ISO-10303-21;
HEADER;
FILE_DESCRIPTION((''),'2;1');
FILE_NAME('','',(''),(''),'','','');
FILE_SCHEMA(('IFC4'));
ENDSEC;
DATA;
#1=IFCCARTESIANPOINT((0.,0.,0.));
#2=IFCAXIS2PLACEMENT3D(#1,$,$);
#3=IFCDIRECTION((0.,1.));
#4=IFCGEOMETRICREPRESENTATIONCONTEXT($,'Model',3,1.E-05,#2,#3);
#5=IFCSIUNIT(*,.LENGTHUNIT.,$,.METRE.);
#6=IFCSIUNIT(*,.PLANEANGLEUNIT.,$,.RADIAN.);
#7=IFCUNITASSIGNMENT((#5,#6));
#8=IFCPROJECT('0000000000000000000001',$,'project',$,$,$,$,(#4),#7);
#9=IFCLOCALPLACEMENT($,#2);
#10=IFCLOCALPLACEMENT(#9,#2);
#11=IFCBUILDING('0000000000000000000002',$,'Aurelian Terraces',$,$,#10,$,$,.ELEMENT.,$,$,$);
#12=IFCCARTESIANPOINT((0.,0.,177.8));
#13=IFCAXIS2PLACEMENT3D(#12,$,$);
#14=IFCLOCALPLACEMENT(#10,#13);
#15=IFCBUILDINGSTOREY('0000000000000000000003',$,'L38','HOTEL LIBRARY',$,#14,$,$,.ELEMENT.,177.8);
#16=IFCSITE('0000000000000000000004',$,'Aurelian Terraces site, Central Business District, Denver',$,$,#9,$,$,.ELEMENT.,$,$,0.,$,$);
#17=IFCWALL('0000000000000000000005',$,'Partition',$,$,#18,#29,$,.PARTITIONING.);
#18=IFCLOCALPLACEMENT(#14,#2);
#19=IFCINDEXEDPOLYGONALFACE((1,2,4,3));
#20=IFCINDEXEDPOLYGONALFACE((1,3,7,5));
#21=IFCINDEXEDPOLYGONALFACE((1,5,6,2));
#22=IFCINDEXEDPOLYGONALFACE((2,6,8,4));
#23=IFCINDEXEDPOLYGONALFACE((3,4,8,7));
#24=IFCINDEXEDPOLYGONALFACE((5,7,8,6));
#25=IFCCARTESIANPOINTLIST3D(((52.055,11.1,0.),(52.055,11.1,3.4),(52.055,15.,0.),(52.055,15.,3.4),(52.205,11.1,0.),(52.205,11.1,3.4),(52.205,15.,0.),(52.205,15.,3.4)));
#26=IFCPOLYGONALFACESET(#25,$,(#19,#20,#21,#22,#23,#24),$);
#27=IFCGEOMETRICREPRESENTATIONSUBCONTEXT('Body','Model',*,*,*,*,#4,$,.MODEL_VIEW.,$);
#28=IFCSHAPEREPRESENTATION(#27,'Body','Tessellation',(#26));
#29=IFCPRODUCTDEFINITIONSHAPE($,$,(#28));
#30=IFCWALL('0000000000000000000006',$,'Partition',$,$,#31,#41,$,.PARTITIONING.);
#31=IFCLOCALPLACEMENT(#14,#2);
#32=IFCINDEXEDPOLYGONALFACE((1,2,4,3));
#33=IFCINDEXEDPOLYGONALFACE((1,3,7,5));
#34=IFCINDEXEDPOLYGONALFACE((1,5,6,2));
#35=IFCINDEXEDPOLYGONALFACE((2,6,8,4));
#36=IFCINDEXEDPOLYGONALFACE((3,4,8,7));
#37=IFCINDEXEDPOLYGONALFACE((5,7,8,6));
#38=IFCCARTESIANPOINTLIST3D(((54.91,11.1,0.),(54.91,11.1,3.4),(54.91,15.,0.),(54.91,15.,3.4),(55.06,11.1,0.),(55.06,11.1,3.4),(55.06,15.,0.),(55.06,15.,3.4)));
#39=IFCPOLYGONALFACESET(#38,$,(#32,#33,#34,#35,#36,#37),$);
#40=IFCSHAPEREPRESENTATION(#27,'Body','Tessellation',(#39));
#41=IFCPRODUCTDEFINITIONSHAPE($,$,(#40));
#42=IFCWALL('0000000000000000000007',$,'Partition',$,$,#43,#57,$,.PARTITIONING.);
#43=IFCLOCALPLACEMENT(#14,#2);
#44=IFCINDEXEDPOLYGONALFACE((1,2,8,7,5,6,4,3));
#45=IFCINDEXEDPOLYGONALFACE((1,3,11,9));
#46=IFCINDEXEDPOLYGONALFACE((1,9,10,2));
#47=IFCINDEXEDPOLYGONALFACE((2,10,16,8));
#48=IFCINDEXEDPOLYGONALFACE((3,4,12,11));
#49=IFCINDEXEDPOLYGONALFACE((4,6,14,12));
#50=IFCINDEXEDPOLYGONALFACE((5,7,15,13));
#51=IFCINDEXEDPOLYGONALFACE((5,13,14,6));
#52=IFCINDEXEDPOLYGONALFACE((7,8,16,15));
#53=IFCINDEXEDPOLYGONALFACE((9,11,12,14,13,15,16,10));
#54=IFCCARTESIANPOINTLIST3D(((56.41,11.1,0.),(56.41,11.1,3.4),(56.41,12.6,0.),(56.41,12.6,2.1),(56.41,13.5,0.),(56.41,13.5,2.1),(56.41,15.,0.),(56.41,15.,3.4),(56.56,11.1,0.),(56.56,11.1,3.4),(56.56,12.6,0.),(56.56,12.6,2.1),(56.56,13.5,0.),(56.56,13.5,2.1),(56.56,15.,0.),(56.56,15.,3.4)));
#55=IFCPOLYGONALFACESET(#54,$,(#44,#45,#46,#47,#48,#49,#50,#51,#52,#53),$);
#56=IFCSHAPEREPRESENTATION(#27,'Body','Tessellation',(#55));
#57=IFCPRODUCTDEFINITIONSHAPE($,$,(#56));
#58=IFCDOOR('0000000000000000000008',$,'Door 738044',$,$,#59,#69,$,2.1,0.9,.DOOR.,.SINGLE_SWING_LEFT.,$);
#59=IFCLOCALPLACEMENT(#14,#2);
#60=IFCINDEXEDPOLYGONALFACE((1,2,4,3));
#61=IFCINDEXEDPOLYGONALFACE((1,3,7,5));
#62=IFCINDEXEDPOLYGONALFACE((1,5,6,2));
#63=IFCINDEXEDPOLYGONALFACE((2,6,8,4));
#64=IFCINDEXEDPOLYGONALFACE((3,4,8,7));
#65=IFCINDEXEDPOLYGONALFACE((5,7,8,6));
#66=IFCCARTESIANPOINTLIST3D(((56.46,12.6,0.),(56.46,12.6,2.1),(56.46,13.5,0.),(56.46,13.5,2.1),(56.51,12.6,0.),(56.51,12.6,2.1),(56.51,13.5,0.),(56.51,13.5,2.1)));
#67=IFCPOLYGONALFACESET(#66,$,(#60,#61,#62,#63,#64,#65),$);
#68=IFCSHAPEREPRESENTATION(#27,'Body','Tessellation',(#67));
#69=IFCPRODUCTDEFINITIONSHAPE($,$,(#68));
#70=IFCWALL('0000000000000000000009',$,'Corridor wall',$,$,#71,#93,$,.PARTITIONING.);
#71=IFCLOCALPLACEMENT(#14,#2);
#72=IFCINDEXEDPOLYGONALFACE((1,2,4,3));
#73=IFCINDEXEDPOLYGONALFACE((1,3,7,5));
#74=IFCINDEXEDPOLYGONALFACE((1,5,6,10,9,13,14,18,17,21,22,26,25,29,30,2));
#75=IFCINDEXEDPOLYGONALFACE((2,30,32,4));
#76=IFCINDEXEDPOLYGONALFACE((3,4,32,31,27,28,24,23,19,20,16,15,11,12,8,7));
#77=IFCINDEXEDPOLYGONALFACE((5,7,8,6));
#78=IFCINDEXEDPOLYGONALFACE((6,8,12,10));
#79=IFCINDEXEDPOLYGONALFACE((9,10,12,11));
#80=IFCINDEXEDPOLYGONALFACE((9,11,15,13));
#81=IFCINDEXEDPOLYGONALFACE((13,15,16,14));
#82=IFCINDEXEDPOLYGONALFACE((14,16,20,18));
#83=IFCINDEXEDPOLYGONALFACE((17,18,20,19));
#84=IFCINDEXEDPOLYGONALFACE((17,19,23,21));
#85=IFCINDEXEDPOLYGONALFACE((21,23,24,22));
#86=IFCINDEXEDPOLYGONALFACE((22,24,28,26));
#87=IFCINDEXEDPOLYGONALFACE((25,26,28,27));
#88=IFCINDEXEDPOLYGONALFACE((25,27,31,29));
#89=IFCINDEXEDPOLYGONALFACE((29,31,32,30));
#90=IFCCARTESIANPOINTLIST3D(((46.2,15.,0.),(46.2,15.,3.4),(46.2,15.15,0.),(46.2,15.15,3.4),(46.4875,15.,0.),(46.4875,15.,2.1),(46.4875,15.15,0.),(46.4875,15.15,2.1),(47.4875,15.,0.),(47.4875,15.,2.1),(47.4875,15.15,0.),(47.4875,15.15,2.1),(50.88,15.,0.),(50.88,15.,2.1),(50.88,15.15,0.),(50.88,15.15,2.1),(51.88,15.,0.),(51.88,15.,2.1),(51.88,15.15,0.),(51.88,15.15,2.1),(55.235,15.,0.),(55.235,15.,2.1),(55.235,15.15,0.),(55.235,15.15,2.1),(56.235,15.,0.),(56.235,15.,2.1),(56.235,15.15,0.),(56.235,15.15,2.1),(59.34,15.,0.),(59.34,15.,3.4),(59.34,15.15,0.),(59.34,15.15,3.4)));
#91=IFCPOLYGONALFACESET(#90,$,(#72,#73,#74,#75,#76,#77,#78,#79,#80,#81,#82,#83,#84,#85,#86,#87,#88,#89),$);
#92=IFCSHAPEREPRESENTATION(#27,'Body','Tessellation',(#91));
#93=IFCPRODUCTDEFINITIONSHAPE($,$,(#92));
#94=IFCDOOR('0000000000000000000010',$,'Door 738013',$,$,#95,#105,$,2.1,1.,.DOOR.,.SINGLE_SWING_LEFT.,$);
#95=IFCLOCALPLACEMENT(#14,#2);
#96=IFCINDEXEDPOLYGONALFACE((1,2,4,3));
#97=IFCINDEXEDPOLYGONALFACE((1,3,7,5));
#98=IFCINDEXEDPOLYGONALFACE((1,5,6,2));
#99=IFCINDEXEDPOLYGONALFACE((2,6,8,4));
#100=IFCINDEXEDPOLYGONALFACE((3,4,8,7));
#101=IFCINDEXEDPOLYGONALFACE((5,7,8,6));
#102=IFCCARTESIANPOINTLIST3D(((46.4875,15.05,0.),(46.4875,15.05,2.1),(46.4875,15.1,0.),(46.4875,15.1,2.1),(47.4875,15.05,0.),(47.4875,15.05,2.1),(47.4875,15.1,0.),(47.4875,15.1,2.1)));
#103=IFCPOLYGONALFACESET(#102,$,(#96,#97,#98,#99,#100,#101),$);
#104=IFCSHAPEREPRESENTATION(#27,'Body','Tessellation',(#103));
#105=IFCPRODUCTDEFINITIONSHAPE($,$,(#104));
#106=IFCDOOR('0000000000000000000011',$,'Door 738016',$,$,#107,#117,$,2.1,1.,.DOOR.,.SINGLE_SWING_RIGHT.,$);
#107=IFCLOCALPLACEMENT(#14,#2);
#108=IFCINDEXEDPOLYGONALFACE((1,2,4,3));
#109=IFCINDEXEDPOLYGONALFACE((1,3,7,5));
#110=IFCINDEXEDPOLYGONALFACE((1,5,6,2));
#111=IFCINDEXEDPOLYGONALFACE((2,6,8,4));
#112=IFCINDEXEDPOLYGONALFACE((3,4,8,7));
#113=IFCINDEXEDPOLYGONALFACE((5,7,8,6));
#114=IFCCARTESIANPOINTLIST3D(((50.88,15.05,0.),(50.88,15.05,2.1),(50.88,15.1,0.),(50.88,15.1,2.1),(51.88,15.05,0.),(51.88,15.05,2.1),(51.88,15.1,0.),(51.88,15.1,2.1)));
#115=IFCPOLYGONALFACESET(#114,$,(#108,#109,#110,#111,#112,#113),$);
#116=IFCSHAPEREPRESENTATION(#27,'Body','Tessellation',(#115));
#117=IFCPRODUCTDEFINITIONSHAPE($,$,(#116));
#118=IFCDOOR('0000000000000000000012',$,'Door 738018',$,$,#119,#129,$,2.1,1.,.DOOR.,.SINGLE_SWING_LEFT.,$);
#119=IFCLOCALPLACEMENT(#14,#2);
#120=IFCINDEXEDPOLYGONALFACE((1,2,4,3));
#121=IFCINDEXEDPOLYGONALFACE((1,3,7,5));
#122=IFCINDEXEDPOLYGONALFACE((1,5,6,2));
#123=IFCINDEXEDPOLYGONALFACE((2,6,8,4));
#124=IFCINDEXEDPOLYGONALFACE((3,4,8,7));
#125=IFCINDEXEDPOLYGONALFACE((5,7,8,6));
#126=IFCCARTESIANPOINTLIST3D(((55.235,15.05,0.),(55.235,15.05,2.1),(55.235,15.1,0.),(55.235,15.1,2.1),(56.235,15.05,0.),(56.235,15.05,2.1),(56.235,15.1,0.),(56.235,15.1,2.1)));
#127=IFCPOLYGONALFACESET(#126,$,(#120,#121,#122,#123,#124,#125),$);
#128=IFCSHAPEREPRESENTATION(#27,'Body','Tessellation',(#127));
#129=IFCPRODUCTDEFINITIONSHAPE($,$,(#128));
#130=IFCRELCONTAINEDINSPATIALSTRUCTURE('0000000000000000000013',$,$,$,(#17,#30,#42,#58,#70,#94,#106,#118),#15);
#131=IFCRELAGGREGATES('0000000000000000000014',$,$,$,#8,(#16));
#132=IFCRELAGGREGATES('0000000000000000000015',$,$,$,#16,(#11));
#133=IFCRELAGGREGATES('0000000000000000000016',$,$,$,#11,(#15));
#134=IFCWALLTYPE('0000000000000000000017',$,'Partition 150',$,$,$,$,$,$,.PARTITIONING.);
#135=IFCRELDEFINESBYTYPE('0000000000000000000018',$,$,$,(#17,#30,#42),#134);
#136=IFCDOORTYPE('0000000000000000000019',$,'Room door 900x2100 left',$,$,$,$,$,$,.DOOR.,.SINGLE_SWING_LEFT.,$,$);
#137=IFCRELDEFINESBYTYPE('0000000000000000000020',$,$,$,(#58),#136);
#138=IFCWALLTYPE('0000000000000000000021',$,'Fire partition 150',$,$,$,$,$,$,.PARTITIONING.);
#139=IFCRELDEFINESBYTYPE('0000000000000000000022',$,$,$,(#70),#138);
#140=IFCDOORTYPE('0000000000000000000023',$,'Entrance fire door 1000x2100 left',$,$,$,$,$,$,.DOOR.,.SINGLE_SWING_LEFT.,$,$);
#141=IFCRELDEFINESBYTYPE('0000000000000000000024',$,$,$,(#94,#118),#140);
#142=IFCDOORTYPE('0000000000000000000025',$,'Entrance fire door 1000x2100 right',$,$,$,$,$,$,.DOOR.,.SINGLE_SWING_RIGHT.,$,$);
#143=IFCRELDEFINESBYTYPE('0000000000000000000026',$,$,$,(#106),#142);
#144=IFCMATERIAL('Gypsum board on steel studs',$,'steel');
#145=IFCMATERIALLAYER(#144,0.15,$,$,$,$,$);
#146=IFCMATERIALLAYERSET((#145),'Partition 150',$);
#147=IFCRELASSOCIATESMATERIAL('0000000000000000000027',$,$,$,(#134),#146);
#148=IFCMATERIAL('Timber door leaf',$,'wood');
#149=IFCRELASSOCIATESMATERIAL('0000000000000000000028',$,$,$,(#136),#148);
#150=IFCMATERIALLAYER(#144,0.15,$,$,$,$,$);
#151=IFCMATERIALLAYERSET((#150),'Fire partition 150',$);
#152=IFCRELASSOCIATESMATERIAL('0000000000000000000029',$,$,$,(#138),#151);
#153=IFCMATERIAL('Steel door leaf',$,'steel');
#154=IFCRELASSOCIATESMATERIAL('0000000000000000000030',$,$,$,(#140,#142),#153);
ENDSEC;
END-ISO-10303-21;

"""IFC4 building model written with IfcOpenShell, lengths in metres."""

from ifc_helpers import new_model, si_unit, direction, frame, frame_2d, origin, place, context, subcontext, project, spatial, rectangle, extrude, source, transform, mapped, material, layer, layer_set, type_object, element, fill, save


model = new_model("IFC4")

# Units and contexts
model_context = context("Model", 3, precision=1e-05, world=origin(), true_north=direction((0.0, 1.0)))
body_context = subcontext(model_context, "Body", "Model", "MODEL_VIEW")
ifc_project = project(units=[si_unit("LENGTHUNIT", "METRE"), si_unit("PLANEANGLEUNIT", "RADIAN")], contexts=[model_context])

# Site, building, storey
site_placement = place(None, origin())
site = spatial("IfcSite", under=ifc_project, at=site_placement, Name="Aurelian Terraces site, Central Business District, Denver", CompositionType="ELEMENT", RefElevation=0.0)
building_placement = place(site_placement, origin())
building = spatial("IfcBuilding", under=site, at=building_placement, Name="Aurelian Terraces", CompositionType="ELEMENT")
storey_placement = place(building_placement, frame((0.0, 0.0, 177.8)))
storey = spatial("IfcBuildingStorey", under=building, at=storey_placement, Name="L38", Description="HOTEL LIBRARY", CompositionType="ELEMENT", Elevation=177.8)

# Walls
ifc_material_1 = material(Name="Gypsum board on steel studs", Category="steel")
ifc_layer_1 = layer(ifc_material_1, 0.15)
ifc_layer_set_1 = layer_set([ifc_layer_1], Name="Partition 150")
wall_type_1 = type_object("IfcWallType", Name="Partition 150", PredefinedType="PARTITIONING", material=ifc_layer_set_1)
shared_shape_1 = source(origin(), body_context, "Body", "SweptSolid", [
    extrude(rectangle(XDim=3.9, YDim=0.15, at=frame_2d((1.95, 0.0))), origin(), (0.0, 0.0, 1.0), 3.4),
])
for number, where, z_axis, x_axis, name in (
    (1, (52.13, 11.1, 0.0), (0.0, 0.0, 1.0), (0.0, 1.0, 0.0), "Partition"),
    (2, (54.985, 11.1, 0.0), (0.0, 0.0, 1.0), (0.0, 1.0, 0.0), "Partition"),
):
    element("IfcWall", number, at=place(storey_placement, frame(where, z_axis=z_axis, x_axis=x_axis)), inside=storey, type_object=wall_type_1, Name=name, PredefinedType="PARTITIONING", context=body_context, shape_type="MappedRepresentation", body=[
        mapped(shared_shape_1, transform((0.0, 0.0, 0.0), scale=1.0)),
    ])

# Wall, opening, door
wall_1_placement = place(storey_placement, frame((56.485, 11.1, 0.0), z_axis=(0.0, 0.0, 1.0), x_axis=(0.0, 1.0, 0.0)))
wall_1 = element("IfcWall", 3, at=wall_1_placement, inside=storey, type_object=wall_type_1, Name="Partition", PredefinedType="PARTITIONING", context=body_context, shape_type="MappedRepresentation", body=[
    mapped(shared_shape_1, transform((0.0, 0.0, 0.0), scale=1.0)),
])
shared_shape_2 = source(origin(), body_context, "Body", "SweptSolid", [
    extrude(rectangle(XDim=0.9, YDim=2.1, at=frame_2d((0.45, 1.05))), frame((0.0, 0.085, 0.0), z_axis=(0.0, -1.0, 0.0), x_axis=(1.0, 0.0, 0.0)), (0.0, 0.0, 1.0), 0.17),
])
opening_1_placement = place(wall_1_placement, frame((1.5, 0.0, 0.0)))
opening_1 = element("IfcOpeningElement", 4, at=opening_1_placement, cuts=wall_1, PredefinedType="OPENING", context=body_context, shape_type="MappedRepresentation", body=[
    mapped(shared_shape_2, transform((0.0, 0.0, 0.0), scale=1.0)),
])
ifc_material_2 = material(Name="Timber door leaf", Category="wood")
door_type_1 = type_object("IfcDoorType", Name="Room door 900x2100 left", OperationType="SINGLE_SWING_LEFT", PredefinedType="DOOR", material=ifc_material_2)
shared_shape_3 = source(origin(), body_context, "Body", "SweptSolid", [
    extrude(rectangle(XDim=0.9, YDim=2.1, at=frame_2d((0.45, 1.05))), frame((0.0, 0.025, 0.0), z_axis=(0.0, -1.0, 0.0), x_axis=(1.0, 0.0, 0.0)), (0.0, 0.0, 1.0), 0.05),
])
door_1_placement = place(opening_1_placement, origin())
door_1 = element("IfcDoor", 5, at=door_1_placement, inside=storey, type_object=door_type_1, Name="Door 738044", OperationType="SINGLE_SWING_LEFT", OverallHeight=2.1, OverallWidth=0.9, PredefinedType="DOOR", context=body_context, shape_type="MappedRepresentation", body=[
    mapped(shared_shape_3, transform((0.0, 0.0, 0.0), scale=1.0)),
])
fill(opening_1, door_1)

# Wall, openings, doors
ifc_layer_2 = layer(ifc_material_1, 0.15)
ifc_layer_set_2 = layer_set([ifc_layer_2], Name="Fire partition 150")
wall_type_2 = type_object("IfcWallType", Name="Fire partition 150", PredefinedType="PARTITIONING", material=ifc_layer_set_2)
shared_shape_4 = source(origin(), body_context, "Body", "SweptSolid", [
    extrude(rectangle(XDim=13.14, YDim=0.15, at=frame_2d((6.57, 0.0))), origin(), (0.0, 0.0, 1.0), 3.4),
])
wall_2_placement = place(storey_placement, frame((59.34, 15.075, 0.0), z_axis=(0.0, 0.0, 1.0), x_axis=(-1.0, 0.0, 0.0)))
wall_2 = element("IfcWall", 6, at=wall_2_placement, inside=storey, type_object=wall_type_2, Name="Corridor wall", PredefinedType="PARTITIONING", context=body_context, shape_type="MappedRepresentation", body=[
    mapped(shared_shape_4, transform((0.0, 0.0, 0.0), scale=1.0)),
])
shared_shape_5 = source(origin(), body_context, "Body", "SweptSolid", [
    extrude(rectangle(XDim=1.0, YDim=2.1, at=frame_2d((0.5, 1.05))), frame((0.0, 0.085, 0.0), z_axis=(0.0, -1.0, 0.0), x_axis=(1.0, 0.0, 0.0)), (0.0, 0.0, 1.0), 0.17),
])
opening_2_placement = place(wall_2_placement, frame((11.8525, 0.0, 0.0)))
opening_2 = element("IfcOpeningElement", 7, at=opening_2_placement, cuts=wall_2, PredefinedType="OPENING", context=body_context, shape_type="MappedRepresentation", body=[
    mapped(shared_shape_5, transform((0.0, 0.0, 0.0), scale=1.0)),
])
opening_3_placement = place(wall_2_placement, frame((7.46, 0.0, 0.0)))
opening_3 = element("IfcOpeningElement", 8, at=opening_3_placement, cuts=wall_2, PredefinedType="OPENING", context=body_context, shape_type="MappedRepresentation", body=[
    mapped(shared_shape_5, transform((0.0, 0.0, 0.0), scale=1.0)),
])
opening_4_placement = place(wall_2_placement, frame((3.105, 0.0, 0.0)))
opening_4 = element("IfcOpeningElement", 9, at=opening_4_placement, cuts=wall_2, PredefinedType="OPENING", context=body_context, shape_type="MappedRepresentation", body=[
    mapped(shared_shape_5, transform((0.0, 0.0, 0.0), scale=1.0)),
])
ifc_material_3 = material(Name="Steel door leaf", Category="steel")
door_type_2 = type_object("IfcDoorType", Name="Entrance fire door 1000x2100 left", OperationType="SINGLE_SWING_LEFT", PredefinedType="DOOR", material=ifc_material_3)
shared_shape_6 = source(origin(), body_context, "Body", "SweptSolid", [
    extrude(rectangle(XDim=1.0, YDim=2.1, at=frame_2d((0.5, 1.05))), frame((0.0, 0.025, 0.0), z_axis=(0.0, -1.0, 0.0), x_axis=(1.0, 0.0, 0.0)), (0.0, 0.0, 1.0), 0.05),
])
door_2_placement = place(opening_2_placement, origin())
door_2 = element("IfcDoor", 10, at=door_2_placement, inside=storey, type_object=door_type_2, Name="Door 738013", OperationType="SINGLE_SWING_LEFT", OverallHeight=2.1, OverallWidth=1.0, PredefinedType="DOOR", context=body_context, shape_type="MappedRepresentation", body=[
    mapped(shared_shape_6, transform((0.0, 0.0, 0.0), scale=1.0)),
])
fill(opening_2, door_2)
door_type_3 = type_object("IfcDoorType", Name="Entrance fire door 1000x2100 right", OperationType="SINGLE_SWING_RIGHT", PredefinedType="DOOR", material=ifc_material_3)
door_3_placement = place(opening_3_placement, origin())
door_3 = element("IfcDoor", 11, at=door_3_placement, inside=storey, type_object=door_type_3, Name="Door 738016", OperationType="SINGLE_SWING_RIGHT", OverallHeight=2.1, OverallWidth=1.0, PredefinedType="DOOR", context=body_context, shape_type="MappedRepresentation", body=[
    mapped(shared_shape_6, transform((0.0, 0.0, 0.0), scale=1.0)),
])
fill(opening_3, door_3)
door_4_placement = place(opening_4_placement, origin())
door_4 = element("IfcDoor", 12, at=door_4_placement, inside=storey, type_object=door_type_2, Name="Door 738018", OperationType="SINGLE_SWING_LEFT", OverallHeight=2.1, OverallWidth=1.0, PredefinedType="DOOR", context=body_context, shape_type="MappedRepresentation", body=[
    mapped(shared_shape_6, transform((0.0, 0.0, 0.0), scale=1.0)),
])
fill(opening_4, door_4)

save(model, "model.ifc")
